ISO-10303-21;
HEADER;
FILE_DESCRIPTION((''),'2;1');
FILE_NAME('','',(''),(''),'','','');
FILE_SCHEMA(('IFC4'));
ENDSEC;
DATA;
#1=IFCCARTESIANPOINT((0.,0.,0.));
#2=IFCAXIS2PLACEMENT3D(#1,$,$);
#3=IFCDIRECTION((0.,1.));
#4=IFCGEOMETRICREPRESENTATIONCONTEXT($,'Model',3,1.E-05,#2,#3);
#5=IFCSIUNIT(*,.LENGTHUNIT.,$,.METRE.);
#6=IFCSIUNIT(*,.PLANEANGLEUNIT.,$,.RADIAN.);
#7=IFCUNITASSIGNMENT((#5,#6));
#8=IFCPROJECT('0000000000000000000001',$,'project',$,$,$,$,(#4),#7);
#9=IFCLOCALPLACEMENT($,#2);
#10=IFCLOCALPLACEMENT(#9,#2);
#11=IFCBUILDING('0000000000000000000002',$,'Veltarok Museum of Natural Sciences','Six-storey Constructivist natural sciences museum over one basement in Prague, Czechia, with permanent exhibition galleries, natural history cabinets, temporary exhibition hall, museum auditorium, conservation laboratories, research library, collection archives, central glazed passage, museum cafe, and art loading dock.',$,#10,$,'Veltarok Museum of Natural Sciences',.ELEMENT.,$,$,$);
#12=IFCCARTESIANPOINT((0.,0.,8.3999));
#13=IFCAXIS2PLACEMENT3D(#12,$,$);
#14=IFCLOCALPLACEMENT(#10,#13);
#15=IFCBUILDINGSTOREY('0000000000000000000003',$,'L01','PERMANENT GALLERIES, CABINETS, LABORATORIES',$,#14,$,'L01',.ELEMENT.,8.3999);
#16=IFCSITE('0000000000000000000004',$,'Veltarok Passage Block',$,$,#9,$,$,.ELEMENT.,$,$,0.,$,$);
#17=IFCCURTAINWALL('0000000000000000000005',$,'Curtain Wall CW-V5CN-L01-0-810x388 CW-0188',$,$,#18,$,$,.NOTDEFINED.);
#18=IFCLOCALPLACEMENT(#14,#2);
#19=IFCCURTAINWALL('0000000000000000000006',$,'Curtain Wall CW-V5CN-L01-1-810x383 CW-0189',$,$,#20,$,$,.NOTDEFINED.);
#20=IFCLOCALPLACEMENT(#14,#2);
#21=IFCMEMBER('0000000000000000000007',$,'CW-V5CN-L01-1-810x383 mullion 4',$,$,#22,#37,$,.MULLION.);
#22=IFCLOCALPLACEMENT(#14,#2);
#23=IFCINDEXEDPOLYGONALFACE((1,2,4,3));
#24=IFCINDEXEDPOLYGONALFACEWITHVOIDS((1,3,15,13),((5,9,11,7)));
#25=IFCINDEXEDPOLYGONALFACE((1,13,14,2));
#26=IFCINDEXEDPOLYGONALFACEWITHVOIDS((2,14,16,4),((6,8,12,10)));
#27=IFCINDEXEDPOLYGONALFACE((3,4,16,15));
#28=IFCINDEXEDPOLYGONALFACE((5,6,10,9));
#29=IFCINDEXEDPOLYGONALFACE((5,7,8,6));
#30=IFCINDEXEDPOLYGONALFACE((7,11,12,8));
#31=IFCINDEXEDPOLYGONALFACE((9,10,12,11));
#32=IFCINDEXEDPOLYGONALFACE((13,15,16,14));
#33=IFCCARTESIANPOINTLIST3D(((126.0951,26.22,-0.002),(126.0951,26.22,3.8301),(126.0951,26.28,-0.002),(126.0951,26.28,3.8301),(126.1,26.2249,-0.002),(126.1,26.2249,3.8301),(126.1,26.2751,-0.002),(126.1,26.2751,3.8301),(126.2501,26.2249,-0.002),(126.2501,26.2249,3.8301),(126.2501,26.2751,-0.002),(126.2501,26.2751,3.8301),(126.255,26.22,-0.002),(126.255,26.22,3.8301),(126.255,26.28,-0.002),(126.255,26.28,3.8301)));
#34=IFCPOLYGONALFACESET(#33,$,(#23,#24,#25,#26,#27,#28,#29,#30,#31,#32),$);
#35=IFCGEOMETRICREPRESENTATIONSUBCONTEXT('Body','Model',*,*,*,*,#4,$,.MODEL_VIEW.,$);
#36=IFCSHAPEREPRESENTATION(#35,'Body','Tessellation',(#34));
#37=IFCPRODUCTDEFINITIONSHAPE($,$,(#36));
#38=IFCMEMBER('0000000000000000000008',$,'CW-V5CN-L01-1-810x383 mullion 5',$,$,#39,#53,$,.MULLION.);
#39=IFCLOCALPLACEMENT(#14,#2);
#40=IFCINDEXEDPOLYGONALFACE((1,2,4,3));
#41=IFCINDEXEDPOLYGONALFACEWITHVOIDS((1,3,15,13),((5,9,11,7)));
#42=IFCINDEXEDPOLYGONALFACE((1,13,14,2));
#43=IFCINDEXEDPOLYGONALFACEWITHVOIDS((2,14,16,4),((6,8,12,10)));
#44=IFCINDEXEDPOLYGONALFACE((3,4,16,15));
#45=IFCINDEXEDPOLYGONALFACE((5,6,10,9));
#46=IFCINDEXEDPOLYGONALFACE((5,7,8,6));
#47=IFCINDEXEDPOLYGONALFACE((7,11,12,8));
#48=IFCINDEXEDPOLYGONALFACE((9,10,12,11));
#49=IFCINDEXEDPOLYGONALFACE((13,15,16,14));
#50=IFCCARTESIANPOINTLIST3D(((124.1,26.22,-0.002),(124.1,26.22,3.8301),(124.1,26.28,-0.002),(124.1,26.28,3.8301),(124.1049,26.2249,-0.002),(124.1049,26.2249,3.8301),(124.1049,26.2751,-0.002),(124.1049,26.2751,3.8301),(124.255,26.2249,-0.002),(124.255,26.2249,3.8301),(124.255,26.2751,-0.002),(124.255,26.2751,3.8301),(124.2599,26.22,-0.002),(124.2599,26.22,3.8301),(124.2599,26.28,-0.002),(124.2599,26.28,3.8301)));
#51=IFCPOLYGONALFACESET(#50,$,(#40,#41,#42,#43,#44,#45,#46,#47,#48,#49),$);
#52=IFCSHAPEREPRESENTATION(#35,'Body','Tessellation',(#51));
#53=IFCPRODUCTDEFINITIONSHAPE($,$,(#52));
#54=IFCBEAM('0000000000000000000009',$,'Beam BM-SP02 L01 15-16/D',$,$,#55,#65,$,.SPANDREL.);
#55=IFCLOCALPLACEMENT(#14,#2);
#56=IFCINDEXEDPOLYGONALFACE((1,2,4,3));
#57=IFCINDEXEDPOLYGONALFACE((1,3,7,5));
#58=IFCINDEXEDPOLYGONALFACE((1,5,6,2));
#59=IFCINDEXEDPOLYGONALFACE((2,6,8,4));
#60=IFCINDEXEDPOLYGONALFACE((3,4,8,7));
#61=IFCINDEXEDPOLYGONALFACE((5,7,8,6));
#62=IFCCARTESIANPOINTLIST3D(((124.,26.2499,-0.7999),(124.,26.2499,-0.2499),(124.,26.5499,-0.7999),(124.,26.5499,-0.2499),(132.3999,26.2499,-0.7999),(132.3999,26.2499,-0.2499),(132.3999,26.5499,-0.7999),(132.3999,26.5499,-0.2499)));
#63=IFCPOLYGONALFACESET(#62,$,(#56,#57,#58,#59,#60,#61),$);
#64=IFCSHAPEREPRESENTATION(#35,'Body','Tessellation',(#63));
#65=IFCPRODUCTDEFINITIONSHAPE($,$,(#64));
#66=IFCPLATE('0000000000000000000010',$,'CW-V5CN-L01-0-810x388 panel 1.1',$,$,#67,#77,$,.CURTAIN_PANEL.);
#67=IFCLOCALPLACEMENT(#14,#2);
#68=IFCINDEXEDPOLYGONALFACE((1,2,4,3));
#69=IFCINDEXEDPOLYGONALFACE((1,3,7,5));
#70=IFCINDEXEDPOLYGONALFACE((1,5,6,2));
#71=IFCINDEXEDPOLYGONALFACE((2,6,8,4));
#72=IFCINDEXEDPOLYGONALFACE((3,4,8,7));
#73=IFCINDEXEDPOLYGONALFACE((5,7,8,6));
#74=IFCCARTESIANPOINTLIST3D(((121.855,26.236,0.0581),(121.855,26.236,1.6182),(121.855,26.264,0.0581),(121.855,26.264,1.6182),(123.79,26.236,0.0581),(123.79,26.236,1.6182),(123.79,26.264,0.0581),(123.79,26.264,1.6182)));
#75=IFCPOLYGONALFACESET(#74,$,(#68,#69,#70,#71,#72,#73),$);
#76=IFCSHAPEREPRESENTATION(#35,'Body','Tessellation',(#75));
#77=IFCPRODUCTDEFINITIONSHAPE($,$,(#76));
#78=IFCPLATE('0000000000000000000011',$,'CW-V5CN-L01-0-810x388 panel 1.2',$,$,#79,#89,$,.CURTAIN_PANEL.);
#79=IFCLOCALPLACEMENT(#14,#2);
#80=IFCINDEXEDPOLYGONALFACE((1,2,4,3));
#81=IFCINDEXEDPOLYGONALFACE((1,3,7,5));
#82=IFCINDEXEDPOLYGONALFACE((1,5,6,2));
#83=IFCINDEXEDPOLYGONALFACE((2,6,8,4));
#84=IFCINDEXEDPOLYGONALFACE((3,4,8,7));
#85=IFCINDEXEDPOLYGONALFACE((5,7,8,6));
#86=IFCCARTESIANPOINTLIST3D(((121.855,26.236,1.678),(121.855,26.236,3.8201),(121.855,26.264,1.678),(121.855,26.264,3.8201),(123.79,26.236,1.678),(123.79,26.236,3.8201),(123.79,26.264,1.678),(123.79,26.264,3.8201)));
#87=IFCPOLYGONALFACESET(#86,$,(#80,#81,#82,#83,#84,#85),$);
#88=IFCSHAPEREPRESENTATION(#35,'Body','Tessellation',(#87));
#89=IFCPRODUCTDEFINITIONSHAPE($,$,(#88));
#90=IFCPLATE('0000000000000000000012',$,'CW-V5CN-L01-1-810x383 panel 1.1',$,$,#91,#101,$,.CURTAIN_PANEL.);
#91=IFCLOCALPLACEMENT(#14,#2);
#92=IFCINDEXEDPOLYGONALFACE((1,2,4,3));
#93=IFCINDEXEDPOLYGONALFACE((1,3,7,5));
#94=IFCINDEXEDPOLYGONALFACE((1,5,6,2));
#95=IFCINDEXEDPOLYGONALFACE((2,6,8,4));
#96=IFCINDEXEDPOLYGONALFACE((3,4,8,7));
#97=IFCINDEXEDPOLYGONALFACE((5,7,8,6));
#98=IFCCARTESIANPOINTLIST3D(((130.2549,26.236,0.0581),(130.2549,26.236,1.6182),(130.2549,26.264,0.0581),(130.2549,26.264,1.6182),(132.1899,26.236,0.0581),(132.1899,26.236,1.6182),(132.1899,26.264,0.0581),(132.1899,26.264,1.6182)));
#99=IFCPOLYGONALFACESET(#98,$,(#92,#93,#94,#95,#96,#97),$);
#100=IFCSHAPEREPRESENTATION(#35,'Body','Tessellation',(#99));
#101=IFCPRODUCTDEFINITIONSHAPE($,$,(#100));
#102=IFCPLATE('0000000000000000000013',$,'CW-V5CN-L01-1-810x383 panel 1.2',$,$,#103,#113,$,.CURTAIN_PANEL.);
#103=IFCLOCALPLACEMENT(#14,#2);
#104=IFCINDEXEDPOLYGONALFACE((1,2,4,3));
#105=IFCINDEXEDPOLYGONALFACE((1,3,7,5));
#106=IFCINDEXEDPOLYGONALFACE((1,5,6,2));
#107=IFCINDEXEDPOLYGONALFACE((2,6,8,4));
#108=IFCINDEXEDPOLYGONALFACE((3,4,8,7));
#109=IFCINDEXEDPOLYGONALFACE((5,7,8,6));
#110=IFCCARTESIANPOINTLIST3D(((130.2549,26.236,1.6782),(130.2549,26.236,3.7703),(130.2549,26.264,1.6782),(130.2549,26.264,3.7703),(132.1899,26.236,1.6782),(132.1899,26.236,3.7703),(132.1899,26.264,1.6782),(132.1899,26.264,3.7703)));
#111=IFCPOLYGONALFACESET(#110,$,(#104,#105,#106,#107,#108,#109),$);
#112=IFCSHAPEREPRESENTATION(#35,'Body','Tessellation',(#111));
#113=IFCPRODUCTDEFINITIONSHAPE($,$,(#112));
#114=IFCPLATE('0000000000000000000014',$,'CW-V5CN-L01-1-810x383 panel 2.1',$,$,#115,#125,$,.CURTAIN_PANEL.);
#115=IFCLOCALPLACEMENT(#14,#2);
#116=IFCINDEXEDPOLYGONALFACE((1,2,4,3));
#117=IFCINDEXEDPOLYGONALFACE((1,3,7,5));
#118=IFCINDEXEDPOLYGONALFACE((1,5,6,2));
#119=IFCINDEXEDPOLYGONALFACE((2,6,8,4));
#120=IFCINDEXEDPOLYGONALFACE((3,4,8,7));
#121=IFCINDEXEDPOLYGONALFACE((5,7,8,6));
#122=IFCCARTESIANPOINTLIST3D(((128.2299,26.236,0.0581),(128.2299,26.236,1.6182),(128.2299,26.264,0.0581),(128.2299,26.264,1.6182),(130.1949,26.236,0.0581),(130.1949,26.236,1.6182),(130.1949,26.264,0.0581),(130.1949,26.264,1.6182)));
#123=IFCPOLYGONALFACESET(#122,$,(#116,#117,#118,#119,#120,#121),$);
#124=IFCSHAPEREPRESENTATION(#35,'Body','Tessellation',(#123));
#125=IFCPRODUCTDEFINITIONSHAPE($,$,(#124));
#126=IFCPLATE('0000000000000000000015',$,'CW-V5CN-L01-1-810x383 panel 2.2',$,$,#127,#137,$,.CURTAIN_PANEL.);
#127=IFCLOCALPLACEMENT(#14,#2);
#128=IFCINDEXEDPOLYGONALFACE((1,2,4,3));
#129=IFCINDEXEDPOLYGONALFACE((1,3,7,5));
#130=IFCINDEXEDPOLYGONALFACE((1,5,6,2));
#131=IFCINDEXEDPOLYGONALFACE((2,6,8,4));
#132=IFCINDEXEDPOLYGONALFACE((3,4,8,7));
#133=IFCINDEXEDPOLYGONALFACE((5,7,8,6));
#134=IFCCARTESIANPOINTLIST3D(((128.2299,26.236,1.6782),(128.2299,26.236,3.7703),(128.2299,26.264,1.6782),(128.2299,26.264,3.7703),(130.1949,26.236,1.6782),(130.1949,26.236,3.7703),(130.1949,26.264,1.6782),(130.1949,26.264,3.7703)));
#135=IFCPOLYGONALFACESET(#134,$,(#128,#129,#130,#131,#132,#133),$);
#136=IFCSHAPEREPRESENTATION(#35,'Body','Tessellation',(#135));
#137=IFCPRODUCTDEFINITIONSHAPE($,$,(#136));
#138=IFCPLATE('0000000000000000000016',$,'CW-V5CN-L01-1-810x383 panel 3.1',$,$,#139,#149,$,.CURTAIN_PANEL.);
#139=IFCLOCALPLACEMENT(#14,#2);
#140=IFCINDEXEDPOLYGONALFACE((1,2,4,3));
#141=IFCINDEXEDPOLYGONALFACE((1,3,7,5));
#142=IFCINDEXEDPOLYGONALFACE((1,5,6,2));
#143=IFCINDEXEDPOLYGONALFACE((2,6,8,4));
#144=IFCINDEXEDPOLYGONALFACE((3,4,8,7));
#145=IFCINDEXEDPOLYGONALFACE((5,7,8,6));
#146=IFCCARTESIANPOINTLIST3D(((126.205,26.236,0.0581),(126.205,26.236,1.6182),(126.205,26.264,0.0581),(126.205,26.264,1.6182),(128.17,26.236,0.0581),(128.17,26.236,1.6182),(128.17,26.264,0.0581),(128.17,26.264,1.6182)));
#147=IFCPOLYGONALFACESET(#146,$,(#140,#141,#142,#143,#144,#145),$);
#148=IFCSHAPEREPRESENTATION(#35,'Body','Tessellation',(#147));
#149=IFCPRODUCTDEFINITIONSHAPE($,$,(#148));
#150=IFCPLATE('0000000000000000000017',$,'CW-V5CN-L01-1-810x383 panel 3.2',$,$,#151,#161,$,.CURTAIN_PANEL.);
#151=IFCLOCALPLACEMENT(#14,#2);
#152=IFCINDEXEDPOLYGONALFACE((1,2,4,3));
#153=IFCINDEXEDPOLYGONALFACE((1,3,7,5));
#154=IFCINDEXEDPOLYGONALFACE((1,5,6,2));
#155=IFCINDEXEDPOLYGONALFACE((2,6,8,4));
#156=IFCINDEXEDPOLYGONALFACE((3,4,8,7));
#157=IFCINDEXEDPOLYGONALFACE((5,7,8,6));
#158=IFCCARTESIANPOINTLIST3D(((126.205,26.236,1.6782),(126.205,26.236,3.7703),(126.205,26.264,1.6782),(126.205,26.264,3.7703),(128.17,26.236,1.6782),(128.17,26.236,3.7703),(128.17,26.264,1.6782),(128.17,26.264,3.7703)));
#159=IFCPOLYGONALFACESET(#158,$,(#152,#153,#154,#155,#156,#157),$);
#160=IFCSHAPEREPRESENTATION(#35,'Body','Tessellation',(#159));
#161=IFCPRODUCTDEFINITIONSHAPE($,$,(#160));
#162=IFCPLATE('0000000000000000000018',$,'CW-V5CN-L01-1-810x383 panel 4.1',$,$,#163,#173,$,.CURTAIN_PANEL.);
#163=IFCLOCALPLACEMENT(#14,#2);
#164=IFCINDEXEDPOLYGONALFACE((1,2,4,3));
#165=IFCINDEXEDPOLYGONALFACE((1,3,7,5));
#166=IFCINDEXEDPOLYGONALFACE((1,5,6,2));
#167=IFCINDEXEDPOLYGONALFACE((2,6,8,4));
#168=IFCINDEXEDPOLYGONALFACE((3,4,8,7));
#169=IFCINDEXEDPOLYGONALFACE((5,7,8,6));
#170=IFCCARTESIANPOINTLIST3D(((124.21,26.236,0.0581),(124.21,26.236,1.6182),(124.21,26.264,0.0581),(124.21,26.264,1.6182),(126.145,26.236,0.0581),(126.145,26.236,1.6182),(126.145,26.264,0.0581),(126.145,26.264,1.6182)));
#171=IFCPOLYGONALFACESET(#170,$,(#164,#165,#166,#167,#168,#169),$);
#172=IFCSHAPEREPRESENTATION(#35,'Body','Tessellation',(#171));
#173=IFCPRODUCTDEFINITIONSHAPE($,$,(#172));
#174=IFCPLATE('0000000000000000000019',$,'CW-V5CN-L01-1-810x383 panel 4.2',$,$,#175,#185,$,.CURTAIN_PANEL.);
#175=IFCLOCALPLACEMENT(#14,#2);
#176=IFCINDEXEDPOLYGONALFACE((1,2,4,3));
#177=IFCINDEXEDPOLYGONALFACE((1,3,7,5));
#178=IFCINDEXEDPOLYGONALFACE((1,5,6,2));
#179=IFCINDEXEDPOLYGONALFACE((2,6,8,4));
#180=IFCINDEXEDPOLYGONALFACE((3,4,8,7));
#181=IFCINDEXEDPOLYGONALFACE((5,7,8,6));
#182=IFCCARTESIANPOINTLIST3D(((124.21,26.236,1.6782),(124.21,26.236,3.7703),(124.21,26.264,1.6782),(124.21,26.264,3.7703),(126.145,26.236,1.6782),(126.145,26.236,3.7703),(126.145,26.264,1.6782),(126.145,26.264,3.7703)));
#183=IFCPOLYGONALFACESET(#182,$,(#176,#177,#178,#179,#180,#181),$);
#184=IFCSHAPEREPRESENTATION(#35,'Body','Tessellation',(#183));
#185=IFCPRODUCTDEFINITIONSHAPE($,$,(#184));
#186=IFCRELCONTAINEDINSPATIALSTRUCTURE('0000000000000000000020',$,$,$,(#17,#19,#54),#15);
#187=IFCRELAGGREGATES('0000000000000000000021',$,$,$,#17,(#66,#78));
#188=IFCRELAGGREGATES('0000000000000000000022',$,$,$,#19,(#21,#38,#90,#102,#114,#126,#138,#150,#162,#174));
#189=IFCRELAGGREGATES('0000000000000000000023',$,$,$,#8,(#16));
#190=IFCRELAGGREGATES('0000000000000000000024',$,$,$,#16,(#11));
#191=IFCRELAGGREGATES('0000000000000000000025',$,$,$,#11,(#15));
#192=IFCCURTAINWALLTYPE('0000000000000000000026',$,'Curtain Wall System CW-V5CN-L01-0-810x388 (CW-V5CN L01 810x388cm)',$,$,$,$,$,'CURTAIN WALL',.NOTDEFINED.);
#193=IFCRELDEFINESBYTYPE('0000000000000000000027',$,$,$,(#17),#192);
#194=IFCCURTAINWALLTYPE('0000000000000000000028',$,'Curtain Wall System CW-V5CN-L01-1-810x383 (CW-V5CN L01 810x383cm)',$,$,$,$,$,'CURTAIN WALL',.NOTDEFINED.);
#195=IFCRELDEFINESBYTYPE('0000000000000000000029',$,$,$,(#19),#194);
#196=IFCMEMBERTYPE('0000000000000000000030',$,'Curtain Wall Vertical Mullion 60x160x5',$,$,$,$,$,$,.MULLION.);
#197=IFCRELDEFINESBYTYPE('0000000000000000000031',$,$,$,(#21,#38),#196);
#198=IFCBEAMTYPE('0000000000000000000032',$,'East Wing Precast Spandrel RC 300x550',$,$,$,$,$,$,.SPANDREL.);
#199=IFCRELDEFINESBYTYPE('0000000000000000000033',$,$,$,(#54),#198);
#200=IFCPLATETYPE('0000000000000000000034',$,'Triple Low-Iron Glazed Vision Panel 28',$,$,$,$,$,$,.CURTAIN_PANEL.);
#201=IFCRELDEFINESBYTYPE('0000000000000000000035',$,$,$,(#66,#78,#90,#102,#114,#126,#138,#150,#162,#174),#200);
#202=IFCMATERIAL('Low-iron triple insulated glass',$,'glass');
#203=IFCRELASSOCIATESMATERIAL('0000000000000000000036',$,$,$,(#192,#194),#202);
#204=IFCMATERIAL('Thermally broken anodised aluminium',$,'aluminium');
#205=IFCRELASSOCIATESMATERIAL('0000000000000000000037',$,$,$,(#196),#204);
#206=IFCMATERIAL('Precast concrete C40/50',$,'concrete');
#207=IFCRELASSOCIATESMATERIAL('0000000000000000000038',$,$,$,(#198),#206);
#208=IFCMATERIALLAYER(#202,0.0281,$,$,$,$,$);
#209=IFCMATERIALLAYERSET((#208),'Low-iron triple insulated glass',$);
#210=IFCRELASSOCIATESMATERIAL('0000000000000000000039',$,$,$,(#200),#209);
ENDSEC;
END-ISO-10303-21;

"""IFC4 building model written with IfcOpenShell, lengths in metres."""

from ifc_helpers import new_model, si_unit, direction, frame, origin, origin_2d, place, context, subcontext, project, spatial, rectangle, hollow_rectangle, extrude, material, layer, layer_set, material_profile, profile_set, type_object, element, aggregate, save


model = new_model("IFC4")

# Units and contexts
model_context = context("Model", 3, precision=1e-05, world=origin(), true_north=direction((0.0, 1.0)))
body_context = subcontext(model_context, "Body", "Model", "MODEL_VIEW")
ifc_project = project(units=[si_unit("LENGTHUNIT", "METRE"), si_unit("PLANEANGLEUNIT", "RADIAN")], contexts=[model_context])

# Site, building, storey
site_placement = place(None, origin())
site = spatial("IfcSite", under=ifc_project, at=site_placement, Name="Veltarok Passage Block", CompositionType="ELEMENT", RefElevation=0.0)
building_placement = place(site_placement, origin())
building = spatial("IfcBuilding", under=site, at=building_placement, Name="Veltarok Museum of Natural Sciences", Description="Six-storey Constructivist natural sciences museum over one basement in Prague, Czechia, with permanent exhibition galleries, natural history cabinets, temporary exhibition hall, museum auditorium, conservation laboratories, research library, collection archives, central glazed passage, museum cafe, and art loading dock.", LongName="Veltarok Museum of Natural Sciences", CompositionType="ELEMENT")
storey_placement = place(building_placement, frame((0.0, 0.0, 8.3999)))
storey = spatial("IfcBuildingStorey", under=building, at=storey_placement, Name="L01", Description="PERMANENT GALLERIES, CABINETS, LABORATORIES", LongName="L01", CompositionType="ELEMENT", Elevation=8.3999)

# Curtain walls
ifc_material_1 = material(Name="Low-iron triple insulated glass", Category="glass")
curtain_wall_type_1 = type_object("IfcCurtainWallType", Name="Curtain Wall System CW-V5CN-L01-0-810x388 (CW-V5CN L01 810x388cm)", ElementType="CURTAIN WALL", PredefinedType="NOTDEFINED", material=ifc_material_1)
curtain_wall_1_placement = place(storey_placement, origin())
curtain_wall_1 = element("IfcCurtainWall", 1, at=curtain_wall_1_placement, inside=storey, type_object=curtain_wall_type_1, Name="Curtain Wall CW-V5CN-L01-0-810x388 CW-0188", PredefinedType="NOTDEFINED")
ifc_material_2 = material(Name="Thermally broken anodised aluminium", Category="aluminium")
curtain_wall_type_2 = type_object("IfcCurtainWallType", Name="Curtain Wall System CW-V5CN-L01-1-810x383 (CW-V5CN L01 810x383cm)", ElementType="CURTAIN WALL", PredefinedType="NOTDEFINED", material=ifc_material_1)
curtain_wall_2_placement = place(storey_placement, origin())
curtain_wall_2 = element("IfcCurtainWall", 2, at=curtain_wall_2_placement, inside=storey, type_object=curtain_wall_type_2, Name="Curtain Wall CW-V5CN-L01-1-810x383 CW-0189", PredefinedType="NOTDEFINED")

# Members
ifc_material_profile_1 = material_profile(ifc_material_2, hollow_rectangle(XDim=0.0601, YDim=0.1599, WallThickness=0.0049, at=origin_2d()), Name="CW MULLION 60x160x5")
ifc_profile_set_1 = profile_set([ifc_material_profile_1], Name="Thermally broken anodised aluminium")
member_type_1 = type_object("IfcMemberType", Name="Curtain Wall Vertical Mullion 60x160x5", PredefinedType="MULLION", material=ifc_profile_set_1)
member_1_placement = place(storey_placement, frame((126.175, 26.25, -0.002), z_axis=(0.0, 0.0, 1.0), x_axis=(0.0, -1.0, 0.0)))
member_1 = element("IfcMember", 3, at=member_1_placement, type_object=member_type_1, Name="CW-V5CN-L01-1-810x383 mullion 4", PredefinedType="MULLION", context=body_context, shape_type="SweptSolid", body=[
    extrude(hollow_rectangle(XDim=0.0601, YDim=0.1599, WallThickness=0.0049, at=origin_2d()), origin(), (0.0, 0.0, 1.0), 3.832),
])
member_2_placement = place(storey_placement, frame((124.1799, 26.25, -0.002), z_axis=(0.0, 0.0, 1.0), x_axis=(0.0, -1.0, 0.0)))
member_2 = element("IfcMember", 4, at=member_2_placement, type_object=member_type_1, Name="CW-V5CN-L01-1-810x383 mullion 5", PredefinedType="MULLION", context=body_context, shape_type="SweptSolid", body=[
    extrude(hollow_rectangle(XDim=0.0601, YDim=0.1599, WallThickness=0.0049, at=origin_2d()), origin(), (0.0, 0.0, 1.0), 3.832),
])

# Beam
ifc_material_3 = material(Name="Precast concrete C40/50", Category="concrete")
ifc_material_profile_2 = material_profile(ifc_material_3, rectangle(XDim=0.3, YDim=0.55, at=origin_2d()), Name="RC 300x550")
ifc_profile_set_2 = profile_set([ifc_material_profile_2], Name="Precast concrete C40/50")
beam_type = type_object("IfcBeamType", Name="East Wing Precast Spandrel RC 300x550", PredefinedType="SPANDREL", material=ifc_profile_set_2)
beam_placement = place(storey_placement, frame((124.0, 26.3999, -0.5249), z_axis=(1.0, 0.0, 0.0), x_axis=(0.0, 1.0, 0.0)))
element("IfcBeam", 5, at=beam_placement, inside=storey, type_object=beam_type, Name="Beam BM-SP02 L01 15-16/D", PredefinedType="SPANDREL", context=body_context, shape_type="SweptSolid", body=[
    extrude(rectangle(XDim=0.3, YDim=0.55, at=origin_2d()), origin(), (0.0, 0.0, 1.0), 8.3999),
])

# Plates
ifc_layer = layer(ifc_material_1, 0.0281)
ifc_layer_set = layer_set([ifc_layer], Name="Low-iron triple insulated glass")
plate_type = type_object("IfcPlateType", Name="Triple Low-Iron Glazed Vision Panel 28", PredefinedType="CURTAIN_PANEL", material=ifc_layer_set)
plate_1_placement = place(storey_placement, frame((122.8225, 26.25, 0.0581), z_axis=(0.0, 0.0, 1.0), x_axis=(-1.0, 0.0, 0.0)))
plate_1 = element("IfcPlate", 6, at=plate_1_placement, type_object=plate_type, Name="CW-V5CN-L01-0-810x388 panel 1.1", PredefinedType="CURTAIN_PANEL", context=body_context, shape_type="SweptSolid", body=[
    extrude(rectangle(XDim=1.9351, YDim=0.0281, at=origin_2d()), origin(), (0.0, 0.0, 1.0), 1.5601),
])
plate_2_placement = place(storey_placement, frame((122.8225, 26.25, 1.678), z_axis=(0.0, 0.0, 1.0), x_axis=(-1.0, 0.0, 0.0)))
plate_2 = element("IfcPlate", 7, at=plate_2_placement, type_object=plate_type, Name="CW-V5CN-L01-0-810x388 panel 1.2", PredefinedType="CURTAIN_PANEL", context=body_context, shape_type="SweptSolid", body=[
    extrude(rectangle(XDim=1.9351, YDim=0.0281, at=origin_2d()), origin(), (0.0, 0.0, 1.0), 2.1421),
])
aggregate(curtain_wall_1, [plate_1, plate_2])
plate_3_placement = place(storey_placement, frame((131.2224, 26.25, 0.0581), z_axis=(0.0, 0.0, 1.0), x_axis=(-1.0, 0.0, 0.0)))
plate_3 = element("IfcPlate", 8, at=plate_3_placement, type_object=plate_type, Name="CW-V5CN-L01-1-810x383 panel 1.1", PredefinedType="CURTAIN_PANEL", context=body_context, shape_type="SweptSolid", body=[
    extrude(rectangle(XDim=1.9351, YDim=0.0281, at=origin_2d()), origin(), (0.0, 0.0, 1.0), 1.5601),
])
plate_4_placement = place(storey_placement, frame((131.2224, 26.25, 1.6782), z_axis=(0.0, 0.0, 1.0), x_axis=(-1.0, 0.0, 0.0)))
plate_4 = element("IfcPlate", 9, at=plate_4_placement, type_object=plate_type, Name="CW-V5CN-L01-1-810x383 panel 1.2", PredefinedType="CURTAIN_PANEL", context=body_context, shape_type="SweptSolid", body=[
    extrude(rectangle(XDim=1.9351, YDim=0.0281, at=origin_2d()), origin(), (0.0, 0.0, 1.0), 2.092),
])
plate_5_placement = place(storey_placement, frame((129.2124, 26.25, 0.0581), z_axis=(0.0, 0.0, 1.0), x_axis=(-1.0, 0.0, 0.0)))
plate_5 = element("IfcPlate", 10, at=plate_5_placement, type_object=plate_type, Name="CW-V5CN-L01-1-810x383 panel 2.1", PredefinedType="CURTAIN_PANEL", context=body_context, shape_type="SweptSolid", body=[
    extrude(rectangle(XDim=1.9651, YDim=0.0281, at=origin_2d()), origin(), (0.0, 0.0, 1.0), 1.5601),
])
plate_6_placement = place(storey_placement, frame((129.2124, 26.25, 1.6782), z_axis=(0.0, 0.0, 1.0), x_axis=(-1.0, 0.0, 0.0)))
plate_6 = element("IfcPlate", 11, at=plate_6_placement, type_object=plate_type, Name="CW-V5CN-L01-1-810x383 panel 2.2", PredefinedType="CURTAIN_PANEL", context=body_context, shape_type="SweptSolid", body=[
    extrude(rectangle(XDim=1.9651, YDim=0.0281, at=origin_2d()), origin(), (0.0, 0.0, 1.0), 2.092),
])
plate_7_placement = place(storey_placement, frame((127.1875, 26.25, 0.0581), z_axis=(0.0, 0.0, 1.0), x_axis=(-1.0, 0.0, 0.0)))
plate_7 = element("IfcPlate", 12, at=plate_7_placement, type_object=plate_type, Name="CW-V5CN-L01-1-810x383 panel 3.1", PredefinedType="CURTAIN_PANEL", context=body_context, shape_type="SweptSolid", body=[
    extrude(rectangle(XDim=1.9651, YDim=0.0281, at=origin_2d()), origin(), (0.0, 0.0, 1.0), 1.5601),
])
plate_8_placement = place(storey_placement, frame((127.1875, 26.25, 1.6782), z_axis=(0.0, 0.0, 1.0), x_axis=(-1.0, 0.0, 0.0)))
plate_8 = element("IfcPlate", 13, at=plate_8_placement, type_object=plate_type, Name="CW-V5CN-L01-1-810x383 panel 3.2", PredefinedType="CURTAIN_PANEL", context=body_context, shape_type="SweptSolid", body=[
    extrude(rectangle(XDim=1.9651, YDim=0.0281, at=origin_2d()), origin(), (0.0, 0.0, 1.0), 2.092),
])
plate_9_placement = place(storey_placement, frame((125.1775, 26.25, 0.0581), z_axis=(0.0, 0.0, 1.0), x_axis=(-1.0, 0.0, 0.0)))
plate_9 = element("IfcPlate", 14, at=plate_9_placement, type_object=plate_type, Name="CW-V5CN-L01-1-810x383 panel 4.1", PredefinedType="CURTAIN_PANEL", context=body_context, shape_type="SweptSolid", body=[
    extrude(rectangle(XDim=1.9351, YDim=0.0281, at=origin_2d()), origin(), (0.0, 0.0, 1.0), 1.5601),
])
plate_10_placement = place(storey_placement, frame((125.1775, 26.25, 1.6782), z_axis=(0.0, 0.0, 1.0), x_axis=(-1.0, 0.0, 0.0)))
plate_10 = element("IfcPlate", 15, at=plate_10_placement, type_object=plate_type, Name="CW-V5CN-L01-1-810x383 panel 4.2", PredefinedType="CURTAIN_PANEL", context=body_context, shape_type="SweptSolid", body=[
    extrude(rectangle(XDim=1.9351, YDim=0.0281, at=origin_2d()), origin(), (0.0, 0.0, 1.0), 2.092),
])
aggregate(curtain_wall_2, [member_1, member_2, plate_3, plate_4, plate_5, plate_6, plate_7, plate_8, plate_9, plate_10])

save(model, "model.ifc")
